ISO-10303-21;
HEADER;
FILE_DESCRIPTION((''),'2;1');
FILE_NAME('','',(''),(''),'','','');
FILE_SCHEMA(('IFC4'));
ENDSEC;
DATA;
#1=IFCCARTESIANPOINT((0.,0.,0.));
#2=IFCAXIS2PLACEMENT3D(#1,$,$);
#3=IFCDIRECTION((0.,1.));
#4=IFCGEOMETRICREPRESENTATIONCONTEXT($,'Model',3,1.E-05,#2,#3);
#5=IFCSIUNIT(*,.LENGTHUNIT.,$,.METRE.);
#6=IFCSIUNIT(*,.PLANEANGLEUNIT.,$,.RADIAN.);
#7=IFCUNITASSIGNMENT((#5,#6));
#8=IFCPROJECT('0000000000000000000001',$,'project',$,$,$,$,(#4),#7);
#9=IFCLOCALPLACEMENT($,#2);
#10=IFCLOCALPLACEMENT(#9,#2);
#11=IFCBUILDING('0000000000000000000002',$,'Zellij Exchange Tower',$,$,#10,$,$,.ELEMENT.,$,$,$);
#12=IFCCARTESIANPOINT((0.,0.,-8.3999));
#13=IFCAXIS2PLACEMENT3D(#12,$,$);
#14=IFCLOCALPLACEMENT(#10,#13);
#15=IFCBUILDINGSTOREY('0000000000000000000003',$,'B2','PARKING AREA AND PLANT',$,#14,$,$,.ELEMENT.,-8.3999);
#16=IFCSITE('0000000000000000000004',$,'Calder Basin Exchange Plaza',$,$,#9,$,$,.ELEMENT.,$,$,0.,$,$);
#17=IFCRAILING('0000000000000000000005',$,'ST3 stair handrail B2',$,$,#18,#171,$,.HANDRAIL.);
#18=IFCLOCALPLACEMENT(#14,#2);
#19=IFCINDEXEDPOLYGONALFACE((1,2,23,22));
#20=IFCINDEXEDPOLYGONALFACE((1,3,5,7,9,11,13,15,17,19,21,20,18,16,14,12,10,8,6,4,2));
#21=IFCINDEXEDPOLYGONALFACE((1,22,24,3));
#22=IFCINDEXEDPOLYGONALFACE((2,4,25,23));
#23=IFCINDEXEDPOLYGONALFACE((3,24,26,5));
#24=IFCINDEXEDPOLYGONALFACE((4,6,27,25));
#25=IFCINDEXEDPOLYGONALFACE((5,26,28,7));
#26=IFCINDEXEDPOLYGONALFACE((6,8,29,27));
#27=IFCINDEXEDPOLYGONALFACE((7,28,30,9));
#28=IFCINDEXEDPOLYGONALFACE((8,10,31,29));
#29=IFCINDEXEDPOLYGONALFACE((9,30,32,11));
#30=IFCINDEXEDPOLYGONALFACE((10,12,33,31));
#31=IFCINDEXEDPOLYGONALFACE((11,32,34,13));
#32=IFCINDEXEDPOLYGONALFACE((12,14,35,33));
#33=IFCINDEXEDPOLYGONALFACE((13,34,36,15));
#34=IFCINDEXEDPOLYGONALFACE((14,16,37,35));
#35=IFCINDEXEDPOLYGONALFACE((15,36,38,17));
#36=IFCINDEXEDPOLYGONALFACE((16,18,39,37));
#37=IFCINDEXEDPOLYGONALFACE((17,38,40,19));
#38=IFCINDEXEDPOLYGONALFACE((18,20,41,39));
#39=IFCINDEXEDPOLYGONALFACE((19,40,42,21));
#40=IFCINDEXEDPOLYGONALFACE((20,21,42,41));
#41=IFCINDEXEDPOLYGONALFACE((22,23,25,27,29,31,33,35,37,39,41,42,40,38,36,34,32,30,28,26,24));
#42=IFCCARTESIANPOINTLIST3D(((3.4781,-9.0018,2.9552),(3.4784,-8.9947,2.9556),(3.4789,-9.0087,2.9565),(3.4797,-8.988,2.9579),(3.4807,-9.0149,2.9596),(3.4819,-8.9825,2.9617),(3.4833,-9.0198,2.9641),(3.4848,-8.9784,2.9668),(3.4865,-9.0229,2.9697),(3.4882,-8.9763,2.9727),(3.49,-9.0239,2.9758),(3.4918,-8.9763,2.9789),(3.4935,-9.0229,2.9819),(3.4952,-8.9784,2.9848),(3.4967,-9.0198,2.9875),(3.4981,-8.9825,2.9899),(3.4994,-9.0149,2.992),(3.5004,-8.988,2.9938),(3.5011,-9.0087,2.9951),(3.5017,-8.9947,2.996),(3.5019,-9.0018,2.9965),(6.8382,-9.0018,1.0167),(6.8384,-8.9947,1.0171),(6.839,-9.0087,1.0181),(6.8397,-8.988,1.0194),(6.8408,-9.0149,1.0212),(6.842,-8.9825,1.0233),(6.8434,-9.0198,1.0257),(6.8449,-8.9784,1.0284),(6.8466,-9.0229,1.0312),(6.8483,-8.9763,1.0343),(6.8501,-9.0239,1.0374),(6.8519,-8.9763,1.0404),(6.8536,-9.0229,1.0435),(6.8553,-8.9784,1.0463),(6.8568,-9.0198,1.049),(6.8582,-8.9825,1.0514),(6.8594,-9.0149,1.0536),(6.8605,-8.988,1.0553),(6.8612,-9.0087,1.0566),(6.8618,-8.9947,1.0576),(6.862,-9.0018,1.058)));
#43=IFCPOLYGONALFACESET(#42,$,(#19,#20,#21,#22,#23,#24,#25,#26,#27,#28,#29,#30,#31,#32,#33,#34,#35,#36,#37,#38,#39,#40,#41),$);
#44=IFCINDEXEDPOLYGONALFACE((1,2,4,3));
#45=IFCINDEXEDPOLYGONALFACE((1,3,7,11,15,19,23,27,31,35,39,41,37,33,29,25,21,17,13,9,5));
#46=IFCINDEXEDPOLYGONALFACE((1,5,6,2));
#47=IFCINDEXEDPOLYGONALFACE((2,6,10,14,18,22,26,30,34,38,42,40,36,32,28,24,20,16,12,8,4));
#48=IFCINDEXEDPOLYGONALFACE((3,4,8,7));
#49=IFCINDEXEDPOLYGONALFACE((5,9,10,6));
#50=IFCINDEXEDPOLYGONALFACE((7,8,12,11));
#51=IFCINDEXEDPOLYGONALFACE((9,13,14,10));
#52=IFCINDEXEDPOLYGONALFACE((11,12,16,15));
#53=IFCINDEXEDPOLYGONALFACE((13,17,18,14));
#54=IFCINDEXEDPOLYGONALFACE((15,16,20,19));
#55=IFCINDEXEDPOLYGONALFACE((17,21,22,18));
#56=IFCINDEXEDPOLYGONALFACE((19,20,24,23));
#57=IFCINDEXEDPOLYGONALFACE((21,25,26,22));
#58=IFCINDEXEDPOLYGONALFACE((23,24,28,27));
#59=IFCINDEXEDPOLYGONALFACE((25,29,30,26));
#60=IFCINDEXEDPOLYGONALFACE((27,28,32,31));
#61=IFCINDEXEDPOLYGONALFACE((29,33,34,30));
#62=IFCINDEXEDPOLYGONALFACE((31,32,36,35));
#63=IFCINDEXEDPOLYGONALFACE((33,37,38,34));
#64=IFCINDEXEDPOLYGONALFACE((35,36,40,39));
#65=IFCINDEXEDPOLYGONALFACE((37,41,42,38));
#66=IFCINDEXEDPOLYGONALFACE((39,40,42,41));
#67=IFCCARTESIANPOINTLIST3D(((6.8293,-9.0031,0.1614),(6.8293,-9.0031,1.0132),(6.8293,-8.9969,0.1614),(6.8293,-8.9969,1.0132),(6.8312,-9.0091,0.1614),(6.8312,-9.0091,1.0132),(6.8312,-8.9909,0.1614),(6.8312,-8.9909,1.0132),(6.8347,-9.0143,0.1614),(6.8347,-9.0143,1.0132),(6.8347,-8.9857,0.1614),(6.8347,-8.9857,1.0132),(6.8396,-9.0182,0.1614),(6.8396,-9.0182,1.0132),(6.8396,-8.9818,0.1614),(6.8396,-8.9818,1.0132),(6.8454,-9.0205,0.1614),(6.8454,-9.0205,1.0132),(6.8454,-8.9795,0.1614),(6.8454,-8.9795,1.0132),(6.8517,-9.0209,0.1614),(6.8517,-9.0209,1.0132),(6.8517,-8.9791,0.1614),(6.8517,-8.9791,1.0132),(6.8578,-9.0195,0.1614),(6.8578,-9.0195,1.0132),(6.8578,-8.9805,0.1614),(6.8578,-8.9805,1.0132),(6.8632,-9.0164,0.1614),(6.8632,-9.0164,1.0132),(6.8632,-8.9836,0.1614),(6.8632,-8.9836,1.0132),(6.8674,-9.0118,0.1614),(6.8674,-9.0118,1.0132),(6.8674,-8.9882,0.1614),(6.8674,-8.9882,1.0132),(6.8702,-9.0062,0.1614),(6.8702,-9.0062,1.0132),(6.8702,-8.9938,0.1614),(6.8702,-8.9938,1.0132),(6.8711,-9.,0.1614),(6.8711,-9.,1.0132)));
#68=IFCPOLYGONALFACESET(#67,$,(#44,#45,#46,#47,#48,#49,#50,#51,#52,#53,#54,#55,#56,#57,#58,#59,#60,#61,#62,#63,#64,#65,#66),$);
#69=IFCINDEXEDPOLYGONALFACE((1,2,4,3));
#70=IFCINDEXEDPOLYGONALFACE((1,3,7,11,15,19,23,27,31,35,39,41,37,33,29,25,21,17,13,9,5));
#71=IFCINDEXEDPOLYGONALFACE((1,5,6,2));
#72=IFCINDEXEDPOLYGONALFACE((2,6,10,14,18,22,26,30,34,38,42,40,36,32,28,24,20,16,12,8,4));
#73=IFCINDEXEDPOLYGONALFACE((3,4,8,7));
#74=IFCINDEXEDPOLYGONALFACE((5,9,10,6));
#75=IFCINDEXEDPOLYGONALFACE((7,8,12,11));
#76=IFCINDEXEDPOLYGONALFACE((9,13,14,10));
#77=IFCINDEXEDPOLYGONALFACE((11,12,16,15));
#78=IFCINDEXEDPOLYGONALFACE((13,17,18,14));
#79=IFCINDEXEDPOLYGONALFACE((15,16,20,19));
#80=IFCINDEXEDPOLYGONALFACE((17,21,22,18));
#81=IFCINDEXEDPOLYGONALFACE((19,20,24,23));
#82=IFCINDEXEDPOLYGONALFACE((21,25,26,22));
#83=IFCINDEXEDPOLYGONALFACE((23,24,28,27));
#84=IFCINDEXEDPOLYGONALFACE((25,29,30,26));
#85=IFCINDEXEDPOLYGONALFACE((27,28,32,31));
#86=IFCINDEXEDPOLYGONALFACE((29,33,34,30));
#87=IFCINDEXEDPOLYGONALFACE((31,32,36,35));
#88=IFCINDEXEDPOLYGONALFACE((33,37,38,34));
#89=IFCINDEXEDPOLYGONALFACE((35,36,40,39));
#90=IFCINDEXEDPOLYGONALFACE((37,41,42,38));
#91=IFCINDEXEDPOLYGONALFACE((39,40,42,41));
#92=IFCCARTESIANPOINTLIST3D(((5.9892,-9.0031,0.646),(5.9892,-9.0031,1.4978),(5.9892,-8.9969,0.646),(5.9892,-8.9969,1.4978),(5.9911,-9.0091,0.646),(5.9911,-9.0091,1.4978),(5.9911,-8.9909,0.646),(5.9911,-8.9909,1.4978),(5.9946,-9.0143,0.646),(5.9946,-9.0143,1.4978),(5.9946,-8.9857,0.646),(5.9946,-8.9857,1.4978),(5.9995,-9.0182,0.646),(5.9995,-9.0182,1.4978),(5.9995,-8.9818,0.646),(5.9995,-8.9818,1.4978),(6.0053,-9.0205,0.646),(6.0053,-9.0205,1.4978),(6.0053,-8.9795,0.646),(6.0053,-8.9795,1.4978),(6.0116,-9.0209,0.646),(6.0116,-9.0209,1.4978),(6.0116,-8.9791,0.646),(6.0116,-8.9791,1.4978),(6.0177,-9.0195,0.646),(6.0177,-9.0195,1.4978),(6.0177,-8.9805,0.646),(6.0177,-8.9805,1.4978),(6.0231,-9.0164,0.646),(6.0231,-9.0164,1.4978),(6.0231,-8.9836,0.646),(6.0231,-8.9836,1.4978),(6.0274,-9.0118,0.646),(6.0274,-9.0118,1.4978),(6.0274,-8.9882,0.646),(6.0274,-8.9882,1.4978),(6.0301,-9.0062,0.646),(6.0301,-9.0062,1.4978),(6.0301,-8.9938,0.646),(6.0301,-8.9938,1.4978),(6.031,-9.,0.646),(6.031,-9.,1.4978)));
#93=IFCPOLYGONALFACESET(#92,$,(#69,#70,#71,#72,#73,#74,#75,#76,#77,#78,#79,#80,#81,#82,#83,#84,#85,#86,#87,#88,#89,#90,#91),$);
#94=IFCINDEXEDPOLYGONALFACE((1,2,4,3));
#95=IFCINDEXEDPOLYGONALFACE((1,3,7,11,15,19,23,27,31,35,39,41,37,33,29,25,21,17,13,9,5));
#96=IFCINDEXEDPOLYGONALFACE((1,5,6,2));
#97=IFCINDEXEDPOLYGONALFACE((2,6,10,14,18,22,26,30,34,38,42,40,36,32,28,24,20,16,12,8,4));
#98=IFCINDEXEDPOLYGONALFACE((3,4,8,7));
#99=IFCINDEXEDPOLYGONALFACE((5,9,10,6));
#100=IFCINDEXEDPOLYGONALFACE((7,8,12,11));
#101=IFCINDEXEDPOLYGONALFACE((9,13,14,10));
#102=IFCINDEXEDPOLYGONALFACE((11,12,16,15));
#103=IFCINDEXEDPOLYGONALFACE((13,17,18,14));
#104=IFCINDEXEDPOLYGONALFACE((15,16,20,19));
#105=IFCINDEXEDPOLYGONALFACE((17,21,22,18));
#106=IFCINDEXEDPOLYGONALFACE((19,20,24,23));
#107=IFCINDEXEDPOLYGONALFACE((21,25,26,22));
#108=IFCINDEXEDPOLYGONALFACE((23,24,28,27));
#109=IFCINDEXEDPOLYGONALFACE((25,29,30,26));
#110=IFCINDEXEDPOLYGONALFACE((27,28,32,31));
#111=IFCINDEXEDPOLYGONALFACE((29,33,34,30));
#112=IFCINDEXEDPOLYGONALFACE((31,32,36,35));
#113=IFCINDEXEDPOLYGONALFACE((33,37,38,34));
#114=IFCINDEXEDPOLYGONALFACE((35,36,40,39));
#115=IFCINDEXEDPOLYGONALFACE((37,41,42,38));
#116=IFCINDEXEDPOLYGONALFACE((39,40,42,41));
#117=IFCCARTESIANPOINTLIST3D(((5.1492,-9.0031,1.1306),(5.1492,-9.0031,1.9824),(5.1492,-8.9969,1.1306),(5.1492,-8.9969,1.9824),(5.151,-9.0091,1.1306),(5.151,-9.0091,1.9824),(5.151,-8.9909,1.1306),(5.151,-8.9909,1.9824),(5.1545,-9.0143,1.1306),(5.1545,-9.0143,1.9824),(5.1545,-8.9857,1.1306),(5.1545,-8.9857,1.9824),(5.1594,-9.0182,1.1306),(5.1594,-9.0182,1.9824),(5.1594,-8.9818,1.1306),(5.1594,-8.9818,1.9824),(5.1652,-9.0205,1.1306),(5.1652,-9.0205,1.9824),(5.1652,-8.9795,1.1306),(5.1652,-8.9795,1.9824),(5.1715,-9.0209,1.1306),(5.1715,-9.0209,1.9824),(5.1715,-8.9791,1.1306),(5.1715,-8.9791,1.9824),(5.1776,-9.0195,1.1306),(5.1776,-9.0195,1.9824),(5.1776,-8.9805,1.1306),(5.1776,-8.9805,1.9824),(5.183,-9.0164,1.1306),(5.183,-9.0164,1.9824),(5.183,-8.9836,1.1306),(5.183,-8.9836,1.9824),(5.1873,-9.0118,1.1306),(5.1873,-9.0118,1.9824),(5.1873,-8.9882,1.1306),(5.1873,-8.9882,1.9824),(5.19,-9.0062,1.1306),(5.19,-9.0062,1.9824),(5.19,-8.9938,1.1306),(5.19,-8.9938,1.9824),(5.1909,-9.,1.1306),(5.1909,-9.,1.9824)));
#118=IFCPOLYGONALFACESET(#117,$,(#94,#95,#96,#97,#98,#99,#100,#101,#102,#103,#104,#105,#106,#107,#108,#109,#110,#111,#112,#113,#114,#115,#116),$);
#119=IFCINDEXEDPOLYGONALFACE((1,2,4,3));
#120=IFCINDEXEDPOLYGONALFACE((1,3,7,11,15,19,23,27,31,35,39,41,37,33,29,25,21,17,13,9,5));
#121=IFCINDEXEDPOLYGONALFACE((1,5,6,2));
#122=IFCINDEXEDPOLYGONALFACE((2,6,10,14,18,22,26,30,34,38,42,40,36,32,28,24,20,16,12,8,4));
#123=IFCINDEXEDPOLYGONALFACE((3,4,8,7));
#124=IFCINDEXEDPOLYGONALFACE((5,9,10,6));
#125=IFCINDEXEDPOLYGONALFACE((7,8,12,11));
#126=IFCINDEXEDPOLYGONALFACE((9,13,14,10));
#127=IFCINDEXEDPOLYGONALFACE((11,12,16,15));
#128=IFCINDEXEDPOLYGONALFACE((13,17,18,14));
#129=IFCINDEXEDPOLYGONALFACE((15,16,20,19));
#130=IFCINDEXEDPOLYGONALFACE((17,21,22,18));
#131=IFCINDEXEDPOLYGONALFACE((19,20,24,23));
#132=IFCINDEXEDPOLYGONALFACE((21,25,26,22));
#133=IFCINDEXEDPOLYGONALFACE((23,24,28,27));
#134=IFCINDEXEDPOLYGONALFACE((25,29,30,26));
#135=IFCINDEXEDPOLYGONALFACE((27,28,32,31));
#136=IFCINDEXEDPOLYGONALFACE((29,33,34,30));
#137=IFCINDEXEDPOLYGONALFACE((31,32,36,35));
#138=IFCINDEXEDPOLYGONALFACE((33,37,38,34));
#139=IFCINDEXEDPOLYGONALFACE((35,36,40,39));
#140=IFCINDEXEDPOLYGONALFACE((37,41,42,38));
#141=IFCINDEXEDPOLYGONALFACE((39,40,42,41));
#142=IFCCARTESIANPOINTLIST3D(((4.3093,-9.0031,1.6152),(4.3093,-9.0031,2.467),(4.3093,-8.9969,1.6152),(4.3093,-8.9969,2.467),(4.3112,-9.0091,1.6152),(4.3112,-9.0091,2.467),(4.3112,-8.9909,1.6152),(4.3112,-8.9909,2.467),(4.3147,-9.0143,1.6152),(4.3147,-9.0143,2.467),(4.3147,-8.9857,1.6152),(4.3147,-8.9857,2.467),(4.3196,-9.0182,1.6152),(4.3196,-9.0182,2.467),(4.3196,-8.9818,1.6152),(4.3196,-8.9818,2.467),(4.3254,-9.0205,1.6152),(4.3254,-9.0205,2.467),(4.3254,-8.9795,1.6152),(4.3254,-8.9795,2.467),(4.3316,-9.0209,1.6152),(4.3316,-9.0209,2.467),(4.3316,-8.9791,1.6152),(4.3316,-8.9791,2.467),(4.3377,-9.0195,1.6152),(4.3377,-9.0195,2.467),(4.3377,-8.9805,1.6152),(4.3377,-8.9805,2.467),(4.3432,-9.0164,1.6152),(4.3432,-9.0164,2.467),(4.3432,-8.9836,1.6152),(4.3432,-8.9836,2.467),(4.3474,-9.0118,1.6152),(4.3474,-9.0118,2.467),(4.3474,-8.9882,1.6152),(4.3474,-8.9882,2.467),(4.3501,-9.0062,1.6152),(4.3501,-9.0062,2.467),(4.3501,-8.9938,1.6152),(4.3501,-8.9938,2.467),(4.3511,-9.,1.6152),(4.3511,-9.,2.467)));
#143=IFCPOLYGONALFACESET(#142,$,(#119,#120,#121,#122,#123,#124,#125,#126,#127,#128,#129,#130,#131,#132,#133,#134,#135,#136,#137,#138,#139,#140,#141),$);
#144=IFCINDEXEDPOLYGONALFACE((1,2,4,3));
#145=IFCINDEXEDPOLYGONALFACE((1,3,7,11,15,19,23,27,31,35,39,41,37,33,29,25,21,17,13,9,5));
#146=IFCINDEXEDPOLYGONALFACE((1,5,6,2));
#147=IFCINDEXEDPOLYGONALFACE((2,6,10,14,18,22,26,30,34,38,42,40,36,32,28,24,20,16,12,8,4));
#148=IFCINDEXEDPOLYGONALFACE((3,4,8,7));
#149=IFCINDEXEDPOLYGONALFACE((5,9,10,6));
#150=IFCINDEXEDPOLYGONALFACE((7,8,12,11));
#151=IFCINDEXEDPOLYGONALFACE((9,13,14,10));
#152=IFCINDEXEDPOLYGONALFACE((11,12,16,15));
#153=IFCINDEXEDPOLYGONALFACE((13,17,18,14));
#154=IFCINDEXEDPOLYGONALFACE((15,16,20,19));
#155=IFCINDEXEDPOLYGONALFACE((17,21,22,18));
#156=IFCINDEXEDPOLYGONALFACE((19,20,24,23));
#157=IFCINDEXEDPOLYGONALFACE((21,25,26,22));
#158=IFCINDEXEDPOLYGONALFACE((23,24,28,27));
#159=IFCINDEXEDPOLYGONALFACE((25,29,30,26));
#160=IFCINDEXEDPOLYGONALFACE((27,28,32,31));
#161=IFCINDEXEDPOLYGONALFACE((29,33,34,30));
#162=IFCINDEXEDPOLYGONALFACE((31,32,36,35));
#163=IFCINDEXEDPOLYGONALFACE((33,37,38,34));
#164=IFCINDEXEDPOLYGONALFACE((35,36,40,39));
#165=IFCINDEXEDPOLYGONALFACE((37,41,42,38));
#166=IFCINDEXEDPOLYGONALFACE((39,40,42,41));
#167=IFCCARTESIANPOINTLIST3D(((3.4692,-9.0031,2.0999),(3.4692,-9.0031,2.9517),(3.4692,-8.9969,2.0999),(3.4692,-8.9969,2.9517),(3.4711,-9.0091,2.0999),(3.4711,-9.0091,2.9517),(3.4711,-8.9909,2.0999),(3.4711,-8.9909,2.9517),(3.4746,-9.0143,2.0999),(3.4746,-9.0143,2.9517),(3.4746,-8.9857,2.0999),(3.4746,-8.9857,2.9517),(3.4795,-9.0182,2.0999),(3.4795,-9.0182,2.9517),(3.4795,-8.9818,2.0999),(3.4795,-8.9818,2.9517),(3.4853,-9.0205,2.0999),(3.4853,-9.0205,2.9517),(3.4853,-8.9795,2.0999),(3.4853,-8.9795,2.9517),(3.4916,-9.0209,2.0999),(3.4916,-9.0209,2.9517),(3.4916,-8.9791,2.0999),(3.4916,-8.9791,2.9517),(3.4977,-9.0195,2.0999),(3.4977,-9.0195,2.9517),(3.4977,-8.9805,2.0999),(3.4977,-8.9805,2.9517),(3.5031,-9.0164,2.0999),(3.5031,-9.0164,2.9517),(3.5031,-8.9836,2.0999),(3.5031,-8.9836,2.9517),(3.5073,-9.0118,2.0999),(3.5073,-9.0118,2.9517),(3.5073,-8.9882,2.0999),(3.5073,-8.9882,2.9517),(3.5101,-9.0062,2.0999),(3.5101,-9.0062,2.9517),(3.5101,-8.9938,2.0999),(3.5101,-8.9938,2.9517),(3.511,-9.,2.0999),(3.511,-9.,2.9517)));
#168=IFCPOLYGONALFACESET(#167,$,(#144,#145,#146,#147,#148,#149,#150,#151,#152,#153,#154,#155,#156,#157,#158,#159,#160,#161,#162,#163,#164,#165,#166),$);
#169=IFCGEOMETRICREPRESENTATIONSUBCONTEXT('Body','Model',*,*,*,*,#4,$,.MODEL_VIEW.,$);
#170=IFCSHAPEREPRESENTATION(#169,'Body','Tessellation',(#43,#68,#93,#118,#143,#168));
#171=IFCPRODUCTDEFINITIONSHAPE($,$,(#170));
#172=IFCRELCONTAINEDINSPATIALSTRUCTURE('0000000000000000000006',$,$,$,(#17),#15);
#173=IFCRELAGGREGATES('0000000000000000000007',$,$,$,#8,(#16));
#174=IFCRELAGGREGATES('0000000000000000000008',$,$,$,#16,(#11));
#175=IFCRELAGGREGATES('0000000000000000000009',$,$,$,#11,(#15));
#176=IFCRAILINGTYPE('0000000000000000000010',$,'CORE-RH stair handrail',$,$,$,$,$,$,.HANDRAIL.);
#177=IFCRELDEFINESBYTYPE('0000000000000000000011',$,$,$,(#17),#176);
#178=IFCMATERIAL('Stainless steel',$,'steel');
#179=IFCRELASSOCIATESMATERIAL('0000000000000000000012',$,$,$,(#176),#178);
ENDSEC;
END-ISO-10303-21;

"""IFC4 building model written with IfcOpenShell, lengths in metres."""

from ifc_helpers import new_model, si_unit, direction, frame, origin, origin_2d, place, context, subcontext, project, spatial, circle, extrude, material, type_object, element, save


model = new_model("IFC4")

# Units and contexts
model_context = context("Model", 3, precision=1e-05, world=origin(), true_north=direction((0.0, 1.0)))
body_context = subcontext(model_context, "Body", "Model", "MODEL_VIEW")
ifc_project = project(units=[si_unit("LENGTHUNIT", "METRE"), si_unit("PLANEANGLEUNIT", "RADIAN")], contexts=[model_context])

# Site, building, storey
site_placement = place(None, origin())
site = spatial("IfcSite", under=ifc_project, at=site_placement, Name="Calder Basin Exchange Plaza", CompositionType="ELEMENT", RefElevation=0.0)
building_placement = place(site_placement, origin())
building = spatial("IfcBuilding", under=site, at=building_placement, Name="Zellij Exchange Tower", CompositionType="ELEMENT")
storey_placement = place(building_placement, frame((0.0, 0.0, -8.3999)))
storey = spatial("IfcBuildingStorey", under=building, at=storey_placement, Name="B2", Description="PARKING AREA AND PLANT", CompositionType="ELEMENT", Elevation=-8.3999)

# Railing
ifc_material_1 = material(Name="Stainless steel", Category="steel")
railing_type_1 = type_object("IfcRailingType", Name="CORE-RH stair handrail", PredefinedType="HANDRAIL", material=ifc_material_1)
railing_1_placement = place(storey_placement, frame((6.8501, -9.0, 0.1614)))
element("IfcRailing", 1, at=railing_1_placement, inside=storey, type_object=railing_type_1, Name="ST3 stair handrail B2", PredefinedType="HANDRAIL", context=body_context, shape_type="SweptSolid", body=[
    extrude(circle(Radius=0.0239, at=origin_2d()), frame((0.0, 0.0, 0.876), z_axis=(-0.866191, 0.0, 0.499713), x_axis=(0.0, -1.0, 0.0)), (0.0, 0.0, 1.0), 3.8792),
    extrude(circle(Radius=0.021, at=origin_2d()), origin(), (0.0, 0.0, 1.0), 0.8518),
    extrude(circle(Radius=0.021, at=origin_2d()), frame((-0.8401, 0.0, 0.4846)), (0.0, 0.0, 1.0), 0.8518),
    extrude(circle(Radius=0.021, at=origin_2d()), frame((-1.6802, 0.0, 0.9692)), (0.0, 0.0, 1.0), 0.8518),
    extrude(circle(Radius=0.021, at=origin_2d()), frame((-2.52, 0.0, 1.4539)), (0.0, 0.0, 1.0), 0.8518),
    extrude(circle(Radius=0.021, at=origin_2d()), frame((-3.3601, 0.0, 1.9385)), (0.0, 0.0, 1.0), 0.8518),
])

save(model, "model.ifc")
